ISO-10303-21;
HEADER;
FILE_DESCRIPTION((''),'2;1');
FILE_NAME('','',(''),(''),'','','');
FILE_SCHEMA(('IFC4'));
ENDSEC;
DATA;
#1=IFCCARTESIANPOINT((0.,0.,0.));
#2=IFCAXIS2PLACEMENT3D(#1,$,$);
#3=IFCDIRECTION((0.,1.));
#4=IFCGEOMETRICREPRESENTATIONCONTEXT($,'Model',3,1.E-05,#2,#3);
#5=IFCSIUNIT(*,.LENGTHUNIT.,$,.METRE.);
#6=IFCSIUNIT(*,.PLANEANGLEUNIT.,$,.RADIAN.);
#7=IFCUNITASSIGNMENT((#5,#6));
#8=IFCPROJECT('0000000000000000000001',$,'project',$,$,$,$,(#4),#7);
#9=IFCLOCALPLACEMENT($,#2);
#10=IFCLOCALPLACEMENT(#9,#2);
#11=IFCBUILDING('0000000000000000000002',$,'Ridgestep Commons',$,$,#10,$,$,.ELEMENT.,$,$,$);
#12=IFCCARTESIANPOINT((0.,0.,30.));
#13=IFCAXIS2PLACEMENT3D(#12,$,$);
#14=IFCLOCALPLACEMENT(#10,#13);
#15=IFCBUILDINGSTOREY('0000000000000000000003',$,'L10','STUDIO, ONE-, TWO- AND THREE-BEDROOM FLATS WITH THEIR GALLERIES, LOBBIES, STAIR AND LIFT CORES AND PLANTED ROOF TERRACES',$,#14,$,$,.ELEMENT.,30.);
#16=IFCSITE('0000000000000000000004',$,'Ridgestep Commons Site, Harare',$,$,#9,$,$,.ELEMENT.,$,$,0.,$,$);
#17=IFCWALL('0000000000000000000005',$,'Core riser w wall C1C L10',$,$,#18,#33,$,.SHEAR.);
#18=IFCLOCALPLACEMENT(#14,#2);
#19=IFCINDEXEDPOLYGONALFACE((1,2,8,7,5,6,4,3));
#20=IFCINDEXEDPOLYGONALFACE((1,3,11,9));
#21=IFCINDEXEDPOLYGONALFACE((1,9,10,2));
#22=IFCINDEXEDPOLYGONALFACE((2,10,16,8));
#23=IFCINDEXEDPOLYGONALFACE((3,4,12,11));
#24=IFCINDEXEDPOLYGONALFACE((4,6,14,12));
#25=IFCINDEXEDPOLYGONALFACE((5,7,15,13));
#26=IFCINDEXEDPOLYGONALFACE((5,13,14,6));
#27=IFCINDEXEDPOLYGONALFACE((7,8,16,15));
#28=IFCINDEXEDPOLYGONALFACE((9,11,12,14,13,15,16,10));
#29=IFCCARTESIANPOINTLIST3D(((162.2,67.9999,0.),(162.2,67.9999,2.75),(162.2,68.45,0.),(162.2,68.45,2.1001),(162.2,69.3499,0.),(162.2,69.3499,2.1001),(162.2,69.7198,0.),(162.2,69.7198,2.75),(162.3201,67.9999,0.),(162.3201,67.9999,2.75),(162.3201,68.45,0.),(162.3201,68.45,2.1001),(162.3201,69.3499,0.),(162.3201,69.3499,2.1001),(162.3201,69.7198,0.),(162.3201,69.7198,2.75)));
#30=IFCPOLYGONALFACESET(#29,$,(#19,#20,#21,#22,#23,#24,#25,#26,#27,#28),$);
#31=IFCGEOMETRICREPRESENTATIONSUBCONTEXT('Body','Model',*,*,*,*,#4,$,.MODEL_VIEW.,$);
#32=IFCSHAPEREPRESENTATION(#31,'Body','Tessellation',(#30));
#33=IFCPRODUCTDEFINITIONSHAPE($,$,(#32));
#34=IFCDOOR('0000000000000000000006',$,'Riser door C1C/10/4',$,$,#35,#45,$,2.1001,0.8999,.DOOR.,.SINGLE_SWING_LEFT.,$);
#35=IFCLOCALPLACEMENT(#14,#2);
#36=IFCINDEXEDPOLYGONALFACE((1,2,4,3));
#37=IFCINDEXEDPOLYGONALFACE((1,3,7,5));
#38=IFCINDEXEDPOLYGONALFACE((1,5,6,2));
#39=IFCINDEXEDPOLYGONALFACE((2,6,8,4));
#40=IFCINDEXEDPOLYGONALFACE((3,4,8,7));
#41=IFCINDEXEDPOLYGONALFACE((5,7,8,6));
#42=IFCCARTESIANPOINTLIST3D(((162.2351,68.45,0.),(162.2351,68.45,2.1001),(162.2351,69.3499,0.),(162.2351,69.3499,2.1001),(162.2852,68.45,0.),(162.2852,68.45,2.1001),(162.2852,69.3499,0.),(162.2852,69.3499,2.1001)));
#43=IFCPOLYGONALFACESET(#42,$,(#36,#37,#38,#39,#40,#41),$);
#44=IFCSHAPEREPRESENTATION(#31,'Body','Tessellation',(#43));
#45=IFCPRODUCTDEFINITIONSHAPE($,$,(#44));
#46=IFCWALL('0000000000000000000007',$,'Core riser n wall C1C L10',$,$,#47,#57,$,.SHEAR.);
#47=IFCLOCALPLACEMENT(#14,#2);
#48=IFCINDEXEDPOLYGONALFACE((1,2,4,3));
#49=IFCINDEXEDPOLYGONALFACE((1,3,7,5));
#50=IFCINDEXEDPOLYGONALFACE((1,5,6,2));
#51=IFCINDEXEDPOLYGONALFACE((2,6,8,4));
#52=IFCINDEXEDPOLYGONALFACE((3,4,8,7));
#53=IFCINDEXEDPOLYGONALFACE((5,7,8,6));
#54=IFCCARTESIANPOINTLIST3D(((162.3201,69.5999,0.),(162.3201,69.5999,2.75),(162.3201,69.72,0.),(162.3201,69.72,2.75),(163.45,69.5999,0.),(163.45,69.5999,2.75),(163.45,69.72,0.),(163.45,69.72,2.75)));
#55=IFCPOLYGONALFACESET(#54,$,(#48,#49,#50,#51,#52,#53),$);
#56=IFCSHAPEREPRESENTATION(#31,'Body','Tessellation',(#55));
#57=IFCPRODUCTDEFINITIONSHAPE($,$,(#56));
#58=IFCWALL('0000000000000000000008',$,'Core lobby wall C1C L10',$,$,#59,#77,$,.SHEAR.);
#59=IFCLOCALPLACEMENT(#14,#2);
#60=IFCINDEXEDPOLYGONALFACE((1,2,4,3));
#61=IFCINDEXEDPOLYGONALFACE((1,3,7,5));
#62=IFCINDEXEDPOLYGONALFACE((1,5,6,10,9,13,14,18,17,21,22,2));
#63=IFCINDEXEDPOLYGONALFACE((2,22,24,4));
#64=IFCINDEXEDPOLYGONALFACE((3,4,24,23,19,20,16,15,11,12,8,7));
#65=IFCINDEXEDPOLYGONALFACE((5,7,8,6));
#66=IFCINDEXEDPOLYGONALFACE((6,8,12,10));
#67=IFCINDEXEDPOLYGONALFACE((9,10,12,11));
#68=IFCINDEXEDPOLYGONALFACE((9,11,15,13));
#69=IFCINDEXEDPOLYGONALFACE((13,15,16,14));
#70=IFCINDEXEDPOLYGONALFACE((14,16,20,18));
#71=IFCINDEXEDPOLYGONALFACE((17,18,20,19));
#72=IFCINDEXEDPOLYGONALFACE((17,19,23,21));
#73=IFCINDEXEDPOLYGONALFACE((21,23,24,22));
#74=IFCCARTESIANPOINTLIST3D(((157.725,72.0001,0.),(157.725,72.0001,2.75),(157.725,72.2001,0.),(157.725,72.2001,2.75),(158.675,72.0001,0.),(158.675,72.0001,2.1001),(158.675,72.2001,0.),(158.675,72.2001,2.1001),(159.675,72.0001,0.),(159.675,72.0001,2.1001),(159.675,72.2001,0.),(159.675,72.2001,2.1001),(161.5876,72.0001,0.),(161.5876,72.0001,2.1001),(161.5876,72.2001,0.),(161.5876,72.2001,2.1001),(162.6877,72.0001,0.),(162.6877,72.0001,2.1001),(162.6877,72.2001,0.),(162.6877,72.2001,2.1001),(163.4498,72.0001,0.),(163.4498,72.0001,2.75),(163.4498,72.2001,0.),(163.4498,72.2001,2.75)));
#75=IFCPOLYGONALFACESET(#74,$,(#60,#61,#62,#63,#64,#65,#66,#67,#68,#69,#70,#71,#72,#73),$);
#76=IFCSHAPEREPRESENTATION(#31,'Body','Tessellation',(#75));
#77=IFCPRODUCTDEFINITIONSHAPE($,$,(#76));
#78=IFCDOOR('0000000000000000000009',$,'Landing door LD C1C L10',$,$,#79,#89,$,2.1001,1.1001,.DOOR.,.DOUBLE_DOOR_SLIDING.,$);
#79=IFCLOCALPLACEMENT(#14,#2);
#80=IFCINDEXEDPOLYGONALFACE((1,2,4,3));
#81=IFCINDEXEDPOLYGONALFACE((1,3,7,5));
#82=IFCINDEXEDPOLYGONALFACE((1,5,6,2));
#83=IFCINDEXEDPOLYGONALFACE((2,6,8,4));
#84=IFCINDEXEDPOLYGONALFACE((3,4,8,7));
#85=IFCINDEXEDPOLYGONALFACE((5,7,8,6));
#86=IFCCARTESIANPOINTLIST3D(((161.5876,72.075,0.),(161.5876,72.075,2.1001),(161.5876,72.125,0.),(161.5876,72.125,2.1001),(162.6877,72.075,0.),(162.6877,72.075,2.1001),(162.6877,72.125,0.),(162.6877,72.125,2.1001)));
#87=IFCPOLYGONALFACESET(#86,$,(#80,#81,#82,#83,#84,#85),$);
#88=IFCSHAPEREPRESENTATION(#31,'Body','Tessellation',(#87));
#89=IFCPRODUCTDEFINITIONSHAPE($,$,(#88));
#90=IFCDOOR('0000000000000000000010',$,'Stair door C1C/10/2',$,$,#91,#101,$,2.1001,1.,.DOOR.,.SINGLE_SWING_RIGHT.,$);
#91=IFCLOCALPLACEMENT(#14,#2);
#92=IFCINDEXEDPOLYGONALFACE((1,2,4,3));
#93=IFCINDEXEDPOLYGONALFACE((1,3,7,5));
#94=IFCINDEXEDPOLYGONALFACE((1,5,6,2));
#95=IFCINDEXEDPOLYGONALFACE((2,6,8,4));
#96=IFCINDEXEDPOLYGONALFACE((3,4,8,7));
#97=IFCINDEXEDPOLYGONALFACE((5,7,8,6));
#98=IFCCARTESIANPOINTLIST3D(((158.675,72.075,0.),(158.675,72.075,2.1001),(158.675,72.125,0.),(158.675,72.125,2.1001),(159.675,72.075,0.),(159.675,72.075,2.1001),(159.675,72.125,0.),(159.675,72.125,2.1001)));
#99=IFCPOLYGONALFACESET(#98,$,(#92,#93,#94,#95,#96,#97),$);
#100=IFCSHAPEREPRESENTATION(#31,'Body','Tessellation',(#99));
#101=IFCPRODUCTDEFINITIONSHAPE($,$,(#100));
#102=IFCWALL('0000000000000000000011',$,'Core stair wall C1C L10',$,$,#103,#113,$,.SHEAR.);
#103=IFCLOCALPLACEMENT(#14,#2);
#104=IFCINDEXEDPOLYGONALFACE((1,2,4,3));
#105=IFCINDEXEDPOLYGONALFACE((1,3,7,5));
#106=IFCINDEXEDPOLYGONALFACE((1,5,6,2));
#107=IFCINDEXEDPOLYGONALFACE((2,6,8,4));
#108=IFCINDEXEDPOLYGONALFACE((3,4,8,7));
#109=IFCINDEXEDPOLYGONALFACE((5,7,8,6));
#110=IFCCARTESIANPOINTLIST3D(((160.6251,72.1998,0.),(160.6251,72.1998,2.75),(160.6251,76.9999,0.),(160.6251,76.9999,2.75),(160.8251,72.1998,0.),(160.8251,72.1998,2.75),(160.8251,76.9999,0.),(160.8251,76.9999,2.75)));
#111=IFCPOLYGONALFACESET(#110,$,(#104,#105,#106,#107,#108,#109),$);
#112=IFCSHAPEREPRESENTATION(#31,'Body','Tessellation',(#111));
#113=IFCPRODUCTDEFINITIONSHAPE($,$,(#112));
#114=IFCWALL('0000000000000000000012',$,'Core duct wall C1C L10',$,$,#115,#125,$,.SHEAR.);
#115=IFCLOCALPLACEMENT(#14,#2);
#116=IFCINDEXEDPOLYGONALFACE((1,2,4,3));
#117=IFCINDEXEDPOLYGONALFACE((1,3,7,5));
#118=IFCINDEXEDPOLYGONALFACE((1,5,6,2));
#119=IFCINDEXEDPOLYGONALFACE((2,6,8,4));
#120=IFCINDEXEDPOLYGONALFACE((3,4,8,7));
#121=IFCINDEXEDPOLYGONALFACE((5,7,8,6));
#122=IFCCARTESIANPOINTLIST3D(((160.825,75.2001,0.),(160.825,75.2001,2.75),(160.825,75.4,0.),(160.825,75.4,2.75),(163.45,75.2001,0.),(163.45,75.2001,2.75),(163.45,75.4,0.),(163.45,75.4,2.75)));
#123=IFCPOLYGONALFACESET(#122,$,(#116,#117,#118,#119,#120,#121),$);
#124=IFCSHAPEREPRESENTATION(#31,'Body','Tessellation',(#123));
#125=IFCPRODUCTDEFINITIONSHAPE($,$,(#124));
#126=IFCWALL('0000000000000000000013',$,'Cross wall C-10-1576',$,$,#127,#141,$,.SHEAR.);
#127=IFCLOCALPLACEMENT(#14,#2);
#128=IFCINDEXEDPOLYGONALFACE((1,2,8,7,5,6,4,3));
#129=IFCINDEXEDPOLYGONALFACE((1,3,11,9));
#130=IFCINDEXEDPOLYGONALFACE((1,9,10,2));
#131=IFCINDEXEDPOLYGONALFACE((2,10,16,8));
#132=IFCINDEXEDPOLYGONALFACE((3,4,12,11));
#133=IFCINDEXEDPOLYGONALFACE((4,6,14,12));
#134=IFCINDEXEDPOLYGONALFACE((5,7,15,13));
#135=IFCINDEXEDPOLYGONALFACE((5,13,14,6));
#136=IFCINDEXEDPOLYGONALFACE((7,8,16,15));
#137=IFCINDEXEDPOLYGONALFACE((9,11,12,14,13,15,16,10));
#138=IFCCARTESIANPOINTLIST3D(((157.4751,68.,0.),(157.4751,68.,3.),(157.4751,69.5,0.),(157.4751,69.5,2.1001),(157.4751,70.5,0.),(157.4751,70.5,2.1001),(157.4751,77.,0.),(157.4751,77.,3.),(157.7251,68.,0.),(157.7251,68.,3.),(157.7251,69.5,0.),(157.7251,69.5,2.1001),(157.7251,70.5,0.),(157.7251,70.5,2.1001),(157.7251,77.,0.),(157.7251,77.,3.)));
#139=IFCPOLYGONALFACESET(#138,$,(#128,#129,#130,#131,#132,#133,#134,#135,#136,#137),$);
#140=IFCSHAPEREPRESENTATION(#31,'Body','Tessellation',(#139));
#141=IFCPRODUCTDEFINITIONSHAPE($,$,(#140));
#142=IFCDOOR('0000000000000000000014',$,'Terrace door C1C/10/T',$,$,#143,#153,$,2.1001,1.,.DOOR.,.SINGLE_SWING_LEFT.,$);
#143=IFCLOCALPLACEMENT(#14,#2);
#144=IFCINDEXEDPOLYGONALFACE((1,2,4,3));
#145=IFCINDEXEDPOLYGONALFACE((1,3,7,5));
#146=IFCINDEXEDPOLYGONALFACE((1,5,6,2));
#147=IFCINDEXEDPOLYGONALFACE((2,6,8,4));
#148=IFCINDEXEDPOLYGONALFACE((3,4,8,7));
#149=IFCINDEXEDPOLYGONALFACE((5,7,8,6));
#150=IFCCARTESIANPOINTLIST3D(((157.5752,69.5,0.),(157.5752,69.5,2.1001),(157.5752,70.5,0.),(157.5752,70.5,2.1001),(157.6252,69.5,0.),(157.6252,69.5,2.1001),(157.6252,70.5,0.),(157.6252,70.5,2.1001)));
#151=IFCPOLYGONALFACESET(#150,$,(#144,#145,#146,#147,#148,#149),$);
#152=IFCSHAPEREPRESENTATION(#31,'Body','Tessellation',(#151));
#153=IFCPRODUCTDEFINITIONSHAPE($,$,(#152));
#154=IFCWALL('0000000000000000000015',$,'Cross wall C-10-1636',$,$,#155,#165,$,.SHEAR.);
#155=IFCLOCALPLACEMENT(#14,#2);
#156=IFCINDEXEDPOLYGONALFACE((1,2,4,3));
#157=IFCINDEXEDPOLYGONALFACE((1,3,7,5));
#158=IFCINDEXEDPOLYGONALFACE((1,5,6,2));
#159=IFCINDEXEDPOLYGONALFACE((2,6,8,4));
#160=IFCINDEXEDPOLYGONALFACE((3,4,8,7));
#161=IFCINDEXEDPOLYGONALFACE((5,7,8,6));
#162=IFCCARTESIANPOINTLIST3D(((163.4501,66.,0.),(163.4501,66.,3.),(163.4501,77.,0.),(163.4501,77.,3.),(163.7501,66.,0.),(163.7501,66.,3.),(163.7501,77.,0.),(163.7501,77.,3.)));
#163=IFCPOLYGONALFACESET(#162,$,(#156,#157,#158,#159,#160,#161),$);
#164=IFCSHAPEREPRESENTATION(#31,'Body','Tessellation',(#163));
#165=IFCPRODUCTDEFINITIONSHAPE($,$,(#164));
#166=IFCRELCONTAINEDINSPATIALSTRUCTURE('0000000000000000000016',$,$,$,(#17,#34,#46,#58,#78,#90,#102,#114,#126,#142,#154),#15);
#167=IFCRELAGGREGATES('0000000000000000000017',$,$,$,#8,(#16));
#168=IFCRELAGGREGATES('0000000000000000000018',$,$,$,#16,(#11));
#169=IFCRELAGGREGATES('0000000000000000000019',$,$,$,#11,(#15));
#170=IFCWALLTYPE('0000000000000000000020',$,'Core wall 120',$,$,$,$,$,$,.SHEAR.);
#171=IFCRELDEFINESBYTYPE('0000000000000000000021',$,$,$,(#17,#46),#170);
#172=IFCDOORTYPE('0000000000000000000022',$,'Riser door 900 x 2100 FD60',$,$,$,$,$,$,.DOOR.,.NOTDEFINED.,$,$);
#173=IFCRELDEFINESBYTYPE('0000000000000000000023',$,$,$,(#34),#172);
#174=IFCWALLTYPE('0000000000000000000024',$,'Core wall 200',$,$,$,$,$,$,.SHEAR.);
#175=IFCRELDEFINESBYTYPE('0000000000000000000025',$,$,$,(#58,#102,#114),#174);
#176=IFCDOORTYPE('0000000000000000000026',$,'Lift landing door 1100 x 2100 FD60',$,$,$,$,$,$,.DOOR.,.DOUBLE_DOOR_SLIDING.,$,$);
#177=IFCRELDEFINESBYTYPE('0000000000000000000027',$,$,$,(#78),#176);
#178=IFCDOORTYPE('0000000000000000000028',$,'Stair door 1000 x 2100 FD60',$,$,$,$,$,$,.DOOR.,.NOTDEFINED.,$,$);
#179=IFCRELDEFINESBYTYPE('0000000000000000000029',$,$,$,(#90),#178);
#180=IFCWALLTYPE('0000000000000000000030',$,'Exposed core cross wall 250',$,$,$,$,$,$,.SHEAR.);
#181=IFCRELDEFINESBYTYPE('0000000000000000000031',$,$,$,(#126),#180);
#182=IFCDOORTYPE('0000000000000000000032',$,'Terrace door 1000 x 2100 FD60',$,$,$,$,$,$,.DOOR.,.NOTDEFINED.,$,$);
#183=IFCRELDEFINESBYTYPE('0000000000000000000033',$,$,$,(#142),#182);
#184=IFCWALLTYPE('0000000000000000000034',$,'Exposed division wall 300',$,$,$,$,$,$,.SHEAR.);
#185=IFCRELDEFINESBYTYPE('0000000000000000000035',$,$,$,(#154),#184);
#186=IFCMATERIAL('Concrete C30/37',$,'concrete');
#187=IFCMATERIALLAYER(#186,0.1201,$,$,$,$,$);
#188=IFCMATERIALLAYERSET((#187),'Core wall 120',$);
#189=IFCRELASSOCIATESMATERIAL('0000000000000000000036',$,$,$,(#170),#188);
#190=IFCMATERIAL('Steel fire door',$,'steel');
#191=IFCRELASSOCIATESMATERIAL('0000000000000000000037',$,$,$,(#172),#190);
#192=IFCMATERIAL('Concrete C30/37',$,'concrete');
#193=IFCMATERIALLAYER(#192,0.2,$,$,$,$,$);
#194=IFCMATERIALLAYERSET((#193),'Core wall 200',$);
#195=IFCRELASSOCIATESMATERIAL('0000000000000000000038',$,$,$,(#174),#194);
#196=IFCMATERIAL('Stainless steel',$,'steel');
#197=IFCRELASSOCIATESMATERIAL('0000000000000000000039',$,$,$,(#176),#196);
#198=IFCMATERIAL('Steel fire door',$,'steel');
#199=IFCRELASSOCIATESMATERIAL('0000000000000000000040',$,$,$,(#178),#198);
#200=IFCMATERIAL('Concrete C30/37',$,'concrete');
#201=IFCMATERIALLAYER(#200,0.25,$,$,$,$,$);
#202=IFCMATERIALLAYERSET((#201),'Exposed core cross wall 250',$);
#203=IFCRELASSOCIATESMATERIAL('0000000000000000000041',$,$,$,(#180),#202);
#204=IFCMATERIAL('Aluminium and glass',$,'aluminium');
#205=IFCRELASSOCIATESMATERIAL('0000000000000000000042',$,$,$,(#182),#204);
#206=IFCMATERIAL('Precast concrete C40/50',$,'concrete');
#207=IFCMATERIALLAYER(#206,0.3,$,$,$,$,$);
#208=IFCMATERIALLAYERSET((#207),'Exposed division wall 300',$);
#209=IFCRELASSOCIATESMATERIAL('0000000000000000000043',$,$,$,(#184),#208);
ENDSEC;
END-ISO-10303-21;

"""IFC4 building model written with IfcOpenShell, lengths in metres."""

from ifc_helpers import new_model, si_unit, direction, frame, frame_2d, origin, place, context, subcontext, project, spatial, rectangle, extrude, material, layer, layer_set, type_object, element, fill, save


model = new_model("IFC4")

# Units and contexts
model_context = context("Model", 3, precision=1e-05, world=origin(), true_north=direction((0.0, 1.0)))
body_context = subcontext(model_context, "Body", "Model", "MODEL_VIEW")
ifc_project = project(units=[si_unit("LENGTHUNIT", "METRE"), si_unit("PLANEANGLEUNIT", "RADIAN")], contexts=[model_context])

# Site, building, storey
site_placement = place(None, origin())
site = spatial("IfcSite", under=ifc_project, at=site_placement, Name="Ridgestep Commons Site, Harare", CompositionType="ELEMENT", RefElevation=0.0)
building_placement = place(site_placement, origin())
building = spatial("IfcBuilding", under=site, at=building_placement, Name="Ridgestep Commons", CompositionType="ELEMENT")
storey_placement = place(building_placement, frame((0.0, 0.0, 30.0)))
storey = spatial("IfcBuildingStorey", under=building, at=storey_placement, Name="L10", Description="STUDIO, ONE-, TWO- AND THREE-BEDROOM FLATS WITH THEIR GALLERIES, LOBBIES, STAIR AND LIFT CORES AND PLANTED ROOF TERRACES", CompositionType="ELEMENT", Elevation=30.0)

# Wall, opening, door
ifc_material_1 = material(Name="Concrete C30/37", Category="concrete")
ifc_layer_1 = layer(ifc_material_1, 0.1201)
ifc_layer_set_1 = layer_set([ifc_layer_1], Name="Core wall 120")
wall_type_1 = type_object("IfcWallType", Name="Core wall 120", PredefinedType="SHEAR", material=ifc_layer_set_1)
wall_1_placement = place(storey_placement, frame((162.26, 68.0, 0.0), z_axis=(0.0, 0.0, 1.0), x_axis=(0.0, 1.0, 0.0)))
wall_1 = element("IfcWall", 1, at=wall_1_placement, inside=storey, type_object=wall_type_1, Name="Core riser w wall C1C L10", PredefinedType="SHEAR", context=body_context, shape_type="SweptSolid", body=[
    extrude(rectangle(XDim=1.72, YDim=0.1201, at=frame_2d((0.8599, 0.0))), origin(), (0.0, 0.0, 1.0), 2.75),
])
opening_1_placement = place(wall_1_placement, frame((0.45, 0.0, 0.0)))
opening_1 = element("IfcOpeningElement", 2, at=opening_1_placement, cuts=wall_1, PredefinedType="OPENING", context=body_context, shape_type="SweptSolid", body=[
    extrude(rectangle(XDim=0.8999, YDim=2.1001, at=frame_2d((0.45, 1.05))), frame((0.0, 0.0701, 0.0), z_axis=(0.0, -1.0, 0.0), x_axis=(1.0, 0.0, 0.0)), (0.0, 0.0, 1.0), 0.1401),
])
ifc_material_2 = material(Name="Steel fire door", Category="steel")
door_type_1 = type_object("IfcDoorType", Name="Riser door 900 x 2100 FD60", OperationType="NOTDEFINED", PredefinedType="DOOR", material=ifc_material_2)
door_1_placement = place(opening_1_placement, origin())
door_1 = element("IfcDoor", 3, at=door_1_placement, inside=storey, type_object=door_type_1, Name="Riser door C1C/10/4", OperationType="SINGLE_SWING_LEFT", OverallHeight=2.1001, OverallWidth=0.8999, PredefinedType="DOOR", context=body_context, shape_type="SweptSolid", body=[
    extrude(rectangle(XDim=0.8999, YDim=2.1001, at=frame_2d((0.45, 1.05))), frame((0.0, 0.0249, 0.0), z_axis=(0.0, -1.0, 0.0), x_axis=(1.0, 0.0, 0.0)), (0.0, 0.0, 1.0), 0.05),
])
fill(opening_1, door_1)

# Wall
wall_2_placement = place(storey_placement, frame((162.3201, 69.6599, 0.0), z_axis=(0.0, 0.0, 1.0), x_axis=(1.0, 0.0, 0.0)))
element("IfcWall", 4, at=wall_2_placement, inside=storey, type_object=wall_type_1, Name="Core riser n wall C1C L10", PredefinedType="SHEAR", context=body_context, shape_type="SweptSolid", body=[
    extrude(rectangle(XDim=1.1299, YDim=0.1201, at=frame_2d((0.5649, 0.0))), origin(), (0.0, 0.0, 1.0), 2.75),
])

# Wall, openings, doors
ifc_material_3 = material(Name="Concrete C30/37", Category="concrete")
ifc_layer_2 = layer(ifc_material_3, 0.2)
ifc_layer_set_2 = layer_set([ifc_layer_2], Name="Core wall 200")
wall_type_2 = type_object("IfcWallType", Name="Core wall 200", PredefinedType="SHEAR", material=ifc_layer_set_2)
wall_3_placement = place(storey_placement, frame((157.7251, 72.1001, 0.0), z_axis=(0.0, 0.0, 1.0), x_axis=(1.0, 0.0, 0.0)))
wall_3 = element("IfcWall", 5, at=wall_3_placement, inside=storey, type_object=wall_type_2, Name="Core lobby wall C1C L10", PredefinedType="SHEAR", context=body_context, shape_type="SweptSolid", body=[
    extrude(rectangle(XDim=5.7249, YDim=0.2, at=frame_2d((2.8623, 0.0))), origin(), (0.0, 0.0, 1.0), 2.75),
])
opening_2_placement = place(wall_3_placement, frame((0.95, 0.0, 0.0)))
opening_2 = element("IfcOpeningElement", 6, at=opening_2_placement, cuts=wall_3, PredefinedType="OPENING", context=body_context, shape_type="SweptSolid", body=[
    extrude(rectangle(XDim=1.0, YDim=2.1001, at=frame_2d((0.5, 1.05))), frame((0.0, 0.1099, 0.0), z_axis=(0.0, -1.0, 0.0), x_axis=(1.0, 0.0, 0.0)), (0.0, 0.0, 1.0), 0.22),
])
opening_3_placement = place(wall_3_placement, frame((3.8625, 0.0, 0.0)))
opening_3 = element("IfcOpeningElement", 7, at=opening_3_placement, cuts=wall_3, PredefinedType="OPENING", context=body_context, shape_type="SweptSolid", body=[
    extrude(rectangle(XDim=1.1001, YDim=2.1001, at=frame_2d((0.55, 1.05))), frame((0.0, 0.1099, 0.0), z_axis=(0.0, -1.0, 0.0), x_axis=(1.0, 0.0, 0.0)), (0.0, 0.0, 1.0), 0.22),
])
ifc_material_4 = material(Name="Stainless steel", Category="steel")
door_type_2 = type_object("IfcDoorType", Name="Lift landing door 1100 x 2100 FD60", OperationType="DOUBLE_DOOR_SLIDING", PredefinedType="DOOR", material=ifc_material_4)
door_2_placement = place(opening_3_placement, origin())
door_2 = element("IfcDoor", 8, at=door_2_placement, inside=storey, type_object=door_type_2, Name="Landing door LD C1C L10", OperationType="DOUBLE_DOOR_SLIDING", OverallHeight=2.1001, OverallWidth=1.1001, PredefinedType="DOOR", context=body_context, shape_type="SweptSolid", body=[
    extrude(rectangle(XDim=1.1001, YDim=2.1001, at=frame_2d((0.55, 1.05))), frame((0.0, 0.0249, 0.0), z_axis=(0.0, -1.0, 0.0), x_axis=(1.0, 0.0, 0.0)), (0.0, 0.0, 1.0), 0.05),
])
fill(opening_3, door_2)
ifc_material_5 = material(Name="Steel fire door", Category="steel")
door_type_3 = type_object("IfcDoorType", Name="Stair door 1000 x 2100 FD60", OperationType="NOTDEFINED", PredefinedType="DOOR", material=ifc_material_5)
door_3_placement = place(opening_2_placement, origin())
door_3 = element("IfcDoor", 9, at=door_3_placement, inside=storey, type_object=door_type_3, Name="Stair door C1C/10/2", OperationType="SINGLE_SWING_RIGHT", OverallHeight=2.1001, OverallWidth=1.0, PredefinedType="DOOR", context=body_context, shape_type="SweptSolid", body=[
    extrude(rectangle(XDim=1.0, YDim=2.1001, at=frame_2d((0.5, 1.05))), frame((0.0, 0.0249, 0.0), z_axis=(0.0, -1.0, 0.0), x_axis=(1.0, 0.0, 0.0)), (0.0, 0.0, 1.0), 0.05),
])
fill(opening_2, door_3)

# Walls
wall_4_placement = place(storey_placement, frame((160.7251, 72.2, 0.0), z_axis=(0.0, 0.0, 1.0), x_axis=(0.0, 1.0, 0.0)))
element("IfcWall", 10, at=wall_4_placement, inside=storey, type_object=wall_type_2, Name="Core stair wall C1C L10", PredefinedType="SHEAR", context=body_context, shape_type="SweptSolid", body=[
    extrude(rectangle(XDim=4.8, YDim=0.2, at=frame_2d((2.3999, 0.0))), origin(), (0.0, 0.0, 1.0), 2.75),
])
wall_5_placement = place(storey_placement, frame((160.825, 75.3, 0.0), z_axis=(0.0, 0.0, 1.0), x_axis=(1.0, 0.0, 0.0)))
element("IfcWall", 11, at=wall_5_placement, inside=storey, type_object=wall_type_2, Name="Core duct wall C1C L10", PredefinedType="SHEAR", context=body_context, shape_type="SweptSolid", body=[
    extrude(rectangle(XDim=2.625, YDim=0.2, at=frame_2d((1.3125, 0.0))), origin(), (0.0, 0.0, 1.0), 2.75),
])

# Wall, opening, door
ifc_material_6 = material(Name="Concrete C30/37", Category="concrete")
ifc_layer_3 = layer(ifc_material_6, 0.25)
ifc_layer_set_3 = layer_set([ifc_layer_3], Name="Exposed core cross wall 250")
wall_type_3 = type_object("IfcWallType", Name="Exposed core cross wall 250", PredefinedType="SHEAR", material=ifc_layer_set_3)
wall_6_placement = place(storey_placement, frame((157.6001, 68.0, 0.0), z_axis=(0.0, 0.0, 1.0), x_axis=(0.0, 1.0, 0.0)))
wall_6 = element("IfcWall", 12, at=wall_6_placement, inside=storey, type_object=wall_type_3, Name="Cross wall C-10-1576", PredefinedType="SHEAR", context=body_context, shape_type="SweptSolid", body=[
    extrude(rectangle(XDim=9.0, YDim=0.25, at=frame_2d((4.5, 0.0))), origin(), (0.0, 0.0, 1.0), 3.0),
])
opening_4_placement = place(wall_6_placement, frame((1.5, 0.0, 0.0)))
opening_4 = element("IfcOpeningElement", 13, at=opening_4_placement, cuts=wall_6, PredefinedType="OPENING", context=body_context, shape_type="SweptSolid", body=[
    extrude(rectangle(XDim=1.0, YDim=2.1001, at=frame_2d((0.5, 1.05))), frame((0.0, 0.135, 0.0), z_axis=(0.0, -1.0, 0.0), x_axis=(1.0, 0.0, 0.0)), (0.0, 0.0, 1.0), 0.27),
])
ifc_material_7 = material(Name="Aluminium and glass", Category="aluminium")
door_type_4 = type_object("IfcDoorType", Name="Terrace door 1000 x 2100 FD60", OperationType="NOTDEFINED", PredefinedType="DOOR", material=ifc_material_7)
door_4_placement = place(opening_4_placement, origin())
door_4 = element("IfcDoor", 14, at=door_4_placement, inside=storey, type_object=door_type_4, Name="Terrace door C1C/10/T", OperationType="SINGLE_SWING_LEFT", OverallHeight=2.1001, OverallWidth=1.0, PredefinedType="DOOR", context=body_context, shape_type="SweptSolid", body=[
    extrude(rectangle(XDim=1.0, YDim=2.1001, at=frame_2d((0.5, 1.05))), frame((0.0, 0.0249, 0.0), z_axis=(0.0, -1.0, 0.0), x_axis=(1.0, 0.0, 0.0)), (0.0, 0.0, 1.0), 0.05),
])
fill(opening_4, door_4)

# Wall
ifc_material_8 = material(Name="Precast concrete C40/50", Category="concrete")
ifc_layer_4 = layer(ifc_material_8, 0.3)
ifc_layer_set_4 = layer_set([ifc_layer_4], Name="Exposed division wall 300")
wall_type_4 = type_object("IfcWallType", Name="Exposed division wall 300", PredefinedType="SHEAR", material=ifc_layer_set_4)
wall_7_placement = place(storey_placement, frame((163.6001, 66.0, 0.0), z_axis=(0.0, 0.0, 1.0), x_axis=(0.0, 1.0, 0.0)))
element("IfcWall", 15, at=wall_7_placement, inside=storey, type_object=wall_type_4, Name="Cross wall C-10-1636", PredefinedType="SHEAR", context=body_context, shape_type="SweptSolid", body=[
    extrude(rectangle(XDim=11.0, YDim=0.3, at=frame_2d((5.5, 0.0))), origin(), (0.0, 0.0, 1.0), 3.0),
])

save(model, "model.ifc")
